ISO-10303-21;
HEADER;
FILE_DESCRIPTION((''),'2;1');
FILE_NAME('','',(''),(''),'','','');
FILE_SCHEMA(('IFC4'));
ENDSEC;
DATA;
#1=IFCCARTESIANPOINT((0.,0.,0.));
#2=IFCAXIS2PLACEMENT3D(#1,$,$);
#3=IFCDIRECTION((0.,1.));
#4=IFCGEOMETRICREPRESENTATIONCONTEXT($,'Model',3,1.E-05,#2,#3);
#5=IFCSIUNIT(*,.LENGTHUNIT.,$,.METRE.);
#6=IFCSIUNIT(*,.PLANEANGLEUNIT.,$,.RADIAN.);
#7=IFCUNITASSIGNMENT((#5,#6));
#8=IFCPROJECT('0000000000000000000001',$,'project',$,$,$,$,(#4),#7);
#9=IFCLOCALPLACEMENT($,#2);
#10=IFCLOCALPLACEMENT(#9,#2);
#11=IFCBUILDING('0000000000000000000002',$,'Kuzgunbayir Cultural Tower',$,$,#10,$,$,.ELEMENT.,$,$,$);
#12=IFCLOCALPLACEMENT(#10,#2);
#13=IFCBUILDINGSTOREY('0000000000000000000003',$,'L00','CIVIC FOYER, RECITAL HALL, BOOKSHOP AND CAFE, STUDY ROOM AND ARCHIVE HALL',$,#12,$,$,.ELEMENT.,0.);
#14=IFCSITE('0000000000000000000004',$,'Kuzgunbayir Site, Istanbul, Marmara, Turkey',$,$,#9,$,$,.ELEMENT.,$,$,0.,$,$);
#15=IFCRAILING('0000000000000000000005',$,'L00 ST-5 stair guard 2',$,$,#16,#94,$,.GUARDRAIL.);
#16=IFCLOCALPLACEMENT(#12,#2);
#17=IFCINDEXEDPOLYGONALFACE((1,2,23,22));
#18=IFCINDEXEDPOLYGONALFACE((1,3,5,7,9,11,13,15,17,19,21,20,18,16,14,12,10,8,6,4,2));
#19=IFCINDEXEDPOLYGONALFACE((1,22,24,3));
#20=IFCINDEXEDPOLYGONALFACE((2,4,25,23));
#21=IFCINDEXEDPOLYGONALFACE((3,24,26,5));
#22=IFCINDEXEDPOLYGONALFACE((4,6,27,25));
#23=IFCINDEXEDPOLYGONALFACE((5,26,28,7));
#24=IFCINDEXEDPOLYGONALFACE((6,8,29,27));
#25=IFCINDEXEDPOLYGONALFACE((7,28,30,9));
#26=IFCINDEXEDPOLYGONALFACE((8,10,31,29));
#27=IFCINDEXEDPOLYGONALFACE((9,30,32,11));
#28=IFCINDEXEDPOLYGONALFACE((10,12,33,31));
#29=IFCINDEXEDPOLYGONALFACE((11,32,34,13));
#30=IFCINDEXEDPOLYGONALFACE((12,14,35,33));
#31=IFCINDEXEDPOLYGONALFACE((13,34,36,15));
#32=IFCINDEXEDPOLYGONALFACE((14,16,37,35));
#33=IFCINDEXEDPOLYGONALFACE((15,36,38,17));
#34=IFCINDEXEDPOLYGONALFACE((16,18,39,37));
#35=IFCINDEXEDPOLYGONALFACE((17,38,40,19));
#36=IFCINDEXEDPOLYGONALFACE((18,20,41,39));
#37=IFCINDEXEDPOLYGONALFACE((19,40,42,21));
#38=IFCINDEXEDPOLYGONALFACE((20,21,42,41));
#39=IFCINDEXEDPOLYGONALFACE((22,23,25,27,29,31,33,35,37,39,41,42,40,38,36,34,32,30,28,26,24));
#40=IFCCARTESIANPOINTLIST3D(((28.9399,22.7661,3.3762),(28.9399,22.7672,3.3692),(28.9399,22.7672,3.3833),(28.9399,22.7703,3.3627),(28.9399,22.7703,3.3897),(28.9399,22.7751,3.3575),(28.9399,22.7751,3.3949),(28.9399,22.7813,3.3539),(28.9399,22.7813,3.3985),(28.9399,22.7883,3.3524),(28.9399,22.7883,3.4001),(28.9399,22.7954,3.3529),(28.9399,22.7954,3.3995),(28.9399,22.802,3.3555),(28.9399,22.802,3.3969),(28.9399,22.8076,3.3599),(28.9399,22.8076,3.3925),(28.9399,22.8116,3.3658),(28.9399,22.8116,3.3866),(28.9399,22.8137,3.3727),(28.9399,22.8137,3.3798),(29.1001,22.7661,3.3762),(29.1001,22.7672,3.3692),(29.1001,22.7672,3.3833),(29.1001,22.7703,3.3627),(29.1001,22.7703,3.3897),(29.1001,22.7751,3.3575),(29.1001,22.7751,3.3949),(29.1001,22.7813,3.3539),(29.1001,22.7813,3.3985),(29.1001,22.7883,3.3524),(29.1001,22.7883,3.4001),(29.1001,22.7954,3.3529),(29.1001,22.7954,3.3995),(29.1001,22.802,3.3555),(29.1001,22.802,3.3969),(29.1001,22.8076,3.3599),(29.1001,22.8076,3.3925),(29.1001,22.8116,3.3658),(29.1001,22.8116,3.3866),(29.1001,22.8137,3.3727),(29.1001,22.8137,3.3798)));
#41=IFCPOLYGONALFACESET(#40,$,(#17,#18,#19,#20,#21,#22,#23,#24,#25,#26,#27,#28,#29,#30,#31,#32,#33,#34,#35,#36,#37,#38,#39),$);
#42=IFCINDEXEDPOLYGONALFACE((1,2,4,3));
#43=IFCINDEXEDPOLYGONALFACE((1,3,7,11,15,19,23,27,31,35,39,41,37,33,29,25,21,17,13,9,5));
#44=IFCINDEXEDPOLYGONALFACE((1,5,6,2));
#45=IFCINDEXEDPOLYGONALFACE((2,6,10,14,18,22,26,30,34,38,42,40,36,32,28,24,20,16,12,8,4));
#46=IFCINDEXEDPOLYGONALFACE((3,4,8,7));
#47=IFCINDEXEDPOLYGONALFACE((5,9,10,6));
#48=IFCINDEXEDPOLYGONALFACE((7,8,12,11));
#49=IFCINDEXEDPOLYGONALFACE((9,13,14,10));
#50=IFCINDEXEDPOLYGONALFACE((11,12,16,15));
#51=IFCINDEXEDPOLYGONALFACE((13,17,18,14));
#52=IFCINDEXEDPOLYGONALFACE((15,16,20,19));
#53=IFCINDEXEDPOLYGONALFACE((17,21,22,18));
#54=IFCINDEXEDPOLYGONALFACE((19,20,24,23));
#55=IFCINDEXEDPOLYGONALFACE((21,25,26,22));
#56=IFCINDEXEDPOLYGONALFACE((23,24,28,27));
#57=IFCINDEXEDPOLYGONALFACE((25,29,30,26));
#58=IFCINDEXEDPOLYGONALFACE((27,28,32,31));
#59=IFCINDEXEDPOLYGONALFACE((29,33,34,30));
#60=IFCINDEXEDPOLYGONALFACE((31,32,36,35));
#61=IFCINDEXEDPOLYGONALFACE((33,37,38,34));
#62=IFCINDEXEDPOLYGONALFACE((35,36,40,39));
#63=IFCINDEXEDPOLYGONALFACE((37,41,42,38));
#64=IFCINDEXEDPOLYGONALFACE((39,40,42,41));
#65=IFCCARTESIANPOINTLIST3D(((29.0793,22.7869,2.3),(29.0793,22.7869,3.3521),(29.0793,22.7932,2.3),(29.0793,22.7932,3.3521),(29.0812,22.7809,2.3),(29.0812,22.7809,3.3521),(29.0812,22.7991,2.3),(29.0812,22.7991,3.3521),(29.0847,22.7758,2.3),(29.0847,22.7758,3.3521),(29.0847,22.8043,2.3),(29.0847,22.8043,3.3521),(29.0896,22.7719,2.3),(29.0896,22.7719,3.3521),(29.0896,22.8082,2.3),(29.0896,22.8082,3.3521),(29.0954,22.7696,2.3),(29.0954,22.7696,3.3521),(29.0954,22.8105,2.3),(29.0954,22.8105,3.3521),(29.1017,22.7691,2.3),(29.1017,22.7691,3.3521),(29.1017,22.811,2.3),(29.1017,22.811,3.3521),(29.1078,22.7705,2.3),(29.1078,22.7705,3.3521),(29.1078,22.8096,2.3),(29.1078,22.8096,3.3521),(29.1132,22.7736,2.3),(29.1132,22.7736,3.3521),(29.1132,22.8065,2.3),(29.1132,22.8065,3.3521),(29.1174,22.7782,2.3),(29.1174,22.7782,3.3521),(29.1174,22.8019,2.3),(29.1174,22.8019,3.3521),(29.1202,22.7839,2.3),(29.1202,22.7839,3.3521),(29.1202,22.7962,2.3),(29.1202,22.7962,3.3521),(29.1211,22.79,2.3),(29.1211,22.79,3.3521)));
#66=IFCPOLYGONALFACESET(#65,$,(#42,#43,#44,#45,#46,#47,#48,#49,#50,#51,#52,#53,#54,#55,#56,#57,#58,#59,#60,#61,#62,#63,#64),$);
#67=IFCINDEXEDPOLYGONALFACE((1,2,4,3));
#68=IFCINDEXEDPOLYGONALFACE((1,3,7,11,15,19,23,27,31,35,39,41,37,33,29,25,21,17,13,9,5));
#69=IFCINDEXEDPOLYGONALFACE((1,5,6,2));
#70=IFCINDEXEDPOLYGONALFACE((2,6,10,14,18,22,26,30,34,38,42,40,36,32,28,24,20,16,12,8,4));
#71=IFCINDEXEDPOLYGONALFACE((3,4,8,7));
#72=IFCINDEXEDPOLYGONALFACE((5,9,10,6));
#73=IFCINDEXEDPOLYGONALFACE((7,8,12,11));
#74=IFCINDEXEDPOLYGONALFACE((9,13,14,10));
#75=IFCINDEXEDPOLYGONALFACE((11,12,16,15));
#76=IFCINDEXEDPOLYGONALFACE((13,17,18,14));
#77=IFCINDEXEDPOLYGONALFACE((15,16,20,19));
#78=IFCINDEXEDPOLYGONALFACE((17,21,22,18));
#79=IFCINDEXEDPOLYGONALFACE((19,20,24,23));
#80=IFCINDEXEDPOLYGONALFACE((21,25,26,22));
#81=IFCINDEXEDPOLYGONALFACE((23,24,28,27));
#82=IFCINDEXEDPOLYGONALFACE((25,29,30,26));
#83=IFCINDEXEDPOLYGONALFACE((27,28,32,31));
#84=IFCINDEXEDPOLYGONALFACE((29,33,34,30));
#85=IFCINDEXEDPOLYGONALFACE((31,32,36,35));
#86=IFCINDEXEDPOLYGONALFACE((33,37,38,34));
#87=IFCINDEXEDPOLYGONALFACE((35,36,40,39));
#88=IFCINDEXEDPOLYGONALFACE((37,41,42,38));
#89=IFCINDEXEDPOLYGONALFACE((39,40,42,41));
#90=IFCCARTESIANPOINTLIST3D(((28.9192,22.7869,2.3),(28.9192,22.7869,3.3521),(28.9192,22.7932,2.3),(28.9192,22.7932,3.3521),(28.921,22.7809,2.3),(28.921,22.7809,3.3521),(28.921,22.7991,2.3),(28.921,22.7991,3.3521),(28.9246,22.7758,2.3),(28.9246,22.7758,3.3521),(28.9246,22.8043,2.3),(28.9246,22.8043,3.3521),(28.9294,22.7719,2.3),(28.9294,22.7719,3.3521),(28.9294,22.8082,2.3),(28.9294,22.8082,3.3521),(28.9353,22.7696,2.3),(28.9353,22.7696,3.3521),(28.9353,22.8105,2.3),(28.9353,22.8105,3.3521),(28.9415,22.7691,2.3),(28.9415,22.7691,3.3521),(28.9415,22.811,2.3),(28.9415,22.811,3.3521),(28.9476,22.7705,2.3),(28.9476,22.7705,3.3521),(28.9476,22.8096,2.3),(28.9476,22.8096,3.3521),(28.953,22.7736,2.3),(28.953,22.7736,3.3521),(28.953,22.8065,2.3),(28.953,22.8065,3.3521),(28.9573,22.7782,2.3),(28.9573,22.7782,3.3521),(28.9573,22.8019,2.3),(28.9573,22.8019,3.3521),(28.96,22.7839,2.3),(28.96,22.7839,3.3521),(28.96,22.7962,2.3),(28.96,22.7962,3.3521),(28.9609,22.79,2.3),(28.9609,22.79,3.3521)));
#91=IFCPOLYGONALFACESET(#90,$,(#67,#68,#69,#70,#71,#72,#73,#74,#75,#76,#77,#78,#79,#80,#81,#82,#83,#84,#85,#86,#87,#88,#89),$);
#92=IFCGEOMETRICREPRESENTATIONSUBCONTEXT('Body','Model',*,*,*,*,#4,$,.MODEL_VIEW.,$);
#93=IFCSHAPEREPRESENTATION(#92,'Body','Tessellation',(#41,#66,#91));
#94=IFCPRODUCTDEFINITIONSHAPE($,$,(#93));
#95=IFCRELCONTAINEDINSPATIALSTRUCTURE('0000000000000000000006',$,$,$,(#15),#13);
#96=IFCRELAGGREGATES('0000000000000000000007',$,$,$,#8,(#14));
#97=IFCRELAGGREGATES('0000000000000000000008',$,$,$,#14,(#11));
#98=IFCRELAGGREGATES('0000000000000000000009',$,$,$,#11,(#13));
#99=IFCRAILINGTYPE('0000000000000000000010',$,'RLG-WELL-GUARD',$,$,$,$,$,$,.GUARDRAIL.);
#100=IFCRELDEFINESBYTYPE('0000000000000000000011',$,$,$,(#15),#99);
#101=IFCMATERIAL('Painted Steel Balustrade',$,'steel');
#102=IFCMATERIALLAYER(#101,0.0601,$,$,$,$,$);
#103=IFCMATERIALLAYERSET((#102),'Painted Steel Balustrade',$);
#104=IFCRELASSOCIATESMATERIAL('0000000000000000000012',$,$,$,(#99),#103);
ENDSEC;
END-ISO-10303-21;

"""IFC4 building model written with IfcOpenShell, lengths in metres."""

from ifc_helpers import new_model, si_unit, direction, frame, origin, origin_2d, place, context, subcontext, project, spatial, circle, extrude, material, layer, layer_set, type_object, element, save


model = new_model("IFC4")

# Units and contexts
model_context = context("Model", 3, precision=1e-05, world=origin(), true_north=direction((0.0, 1.0)))
body_context = subcontext(model_context, "Body", "Model", "MODEL_VIEW")
ifc_project = project(units=[si_unit("LENGTHUNIT", "METRE"), si_unit("PLANEANGLEUNIT", "RADIAN")], contexts=[model_context])

# Site, building, storey
site_placement = place(None, origin())
site = spatial("IfcSite", under=ifc_project, at=site_placement, Name="Kuzgunbayir Site, Istanbul, Marmara, Turkey", CompositionType="ELEMENT", RefElevation=0.0)
building_placement = place(site_placement, origin())
building = spatial("IfcBuilding", under=site, at=building_placement, Name="Kuzgunbayir Cultural Tower", CompositionType="ELEMENT")
storey_placement = place(building_placement, origin())
storey = spatial("IfcBuildingStorey", under=building, at=storey_placement, Name="L00", Description="CIVIC FOYER, RECITAL HALL, BOOKSHOP AND CAFE, STUDY ROOM AND ARCHIVE HALL", CompositionType="ELEMENT", Elevation=0.0)

# Railing
ifc_material_1 = material(Name="Painted Steel Balustrade", Category="steel")
ifc_layer_1 = layer(ifc_material_1, 0.0601)
ifc_layer_set_1 = layer_set([ifc_layer_1], Name="Painted Steel Balustrade")
railing_type_1 = type_object("IfcRailingType", Name="RLG-WELL-GUARD", PredefinedType="GUARDRAIL", material=ifc_layer_set_1)
railing_1_placement = place(storey_placement, frame((29.1001, 22.79, 2.3)))
element("IfcRailing", 1, at=railing_1_placement, inside=storey, type_object=railing_type_1, Name="L00 ST-5 stair guard 2", PredefinedType="GUARDRAIL", context=body_context, shape_type="SweptSolid", body=[
    extrude(circle(Radius=0.0239, at=origin_2d()), frame((0.0, 0.0, 1.0762), z_axis=(-1.0, 0.0, 0.0), x_axis=(0.0, -1.0, 0.0)), (0.0, 0.0, 1.0), 0.1602),
    extrude(circle(Radius=0.021, at=origin_2d()), origin(), (0.0, 0.0, 1.0), 1.052),
    extrude(circle(Radius=0.021, at=origin_2d()), frame((-0.1602, 0.0, 0.0)), (0.0, 0.0, 1.0), 1.052),
])

save(model, "model.ifc")
